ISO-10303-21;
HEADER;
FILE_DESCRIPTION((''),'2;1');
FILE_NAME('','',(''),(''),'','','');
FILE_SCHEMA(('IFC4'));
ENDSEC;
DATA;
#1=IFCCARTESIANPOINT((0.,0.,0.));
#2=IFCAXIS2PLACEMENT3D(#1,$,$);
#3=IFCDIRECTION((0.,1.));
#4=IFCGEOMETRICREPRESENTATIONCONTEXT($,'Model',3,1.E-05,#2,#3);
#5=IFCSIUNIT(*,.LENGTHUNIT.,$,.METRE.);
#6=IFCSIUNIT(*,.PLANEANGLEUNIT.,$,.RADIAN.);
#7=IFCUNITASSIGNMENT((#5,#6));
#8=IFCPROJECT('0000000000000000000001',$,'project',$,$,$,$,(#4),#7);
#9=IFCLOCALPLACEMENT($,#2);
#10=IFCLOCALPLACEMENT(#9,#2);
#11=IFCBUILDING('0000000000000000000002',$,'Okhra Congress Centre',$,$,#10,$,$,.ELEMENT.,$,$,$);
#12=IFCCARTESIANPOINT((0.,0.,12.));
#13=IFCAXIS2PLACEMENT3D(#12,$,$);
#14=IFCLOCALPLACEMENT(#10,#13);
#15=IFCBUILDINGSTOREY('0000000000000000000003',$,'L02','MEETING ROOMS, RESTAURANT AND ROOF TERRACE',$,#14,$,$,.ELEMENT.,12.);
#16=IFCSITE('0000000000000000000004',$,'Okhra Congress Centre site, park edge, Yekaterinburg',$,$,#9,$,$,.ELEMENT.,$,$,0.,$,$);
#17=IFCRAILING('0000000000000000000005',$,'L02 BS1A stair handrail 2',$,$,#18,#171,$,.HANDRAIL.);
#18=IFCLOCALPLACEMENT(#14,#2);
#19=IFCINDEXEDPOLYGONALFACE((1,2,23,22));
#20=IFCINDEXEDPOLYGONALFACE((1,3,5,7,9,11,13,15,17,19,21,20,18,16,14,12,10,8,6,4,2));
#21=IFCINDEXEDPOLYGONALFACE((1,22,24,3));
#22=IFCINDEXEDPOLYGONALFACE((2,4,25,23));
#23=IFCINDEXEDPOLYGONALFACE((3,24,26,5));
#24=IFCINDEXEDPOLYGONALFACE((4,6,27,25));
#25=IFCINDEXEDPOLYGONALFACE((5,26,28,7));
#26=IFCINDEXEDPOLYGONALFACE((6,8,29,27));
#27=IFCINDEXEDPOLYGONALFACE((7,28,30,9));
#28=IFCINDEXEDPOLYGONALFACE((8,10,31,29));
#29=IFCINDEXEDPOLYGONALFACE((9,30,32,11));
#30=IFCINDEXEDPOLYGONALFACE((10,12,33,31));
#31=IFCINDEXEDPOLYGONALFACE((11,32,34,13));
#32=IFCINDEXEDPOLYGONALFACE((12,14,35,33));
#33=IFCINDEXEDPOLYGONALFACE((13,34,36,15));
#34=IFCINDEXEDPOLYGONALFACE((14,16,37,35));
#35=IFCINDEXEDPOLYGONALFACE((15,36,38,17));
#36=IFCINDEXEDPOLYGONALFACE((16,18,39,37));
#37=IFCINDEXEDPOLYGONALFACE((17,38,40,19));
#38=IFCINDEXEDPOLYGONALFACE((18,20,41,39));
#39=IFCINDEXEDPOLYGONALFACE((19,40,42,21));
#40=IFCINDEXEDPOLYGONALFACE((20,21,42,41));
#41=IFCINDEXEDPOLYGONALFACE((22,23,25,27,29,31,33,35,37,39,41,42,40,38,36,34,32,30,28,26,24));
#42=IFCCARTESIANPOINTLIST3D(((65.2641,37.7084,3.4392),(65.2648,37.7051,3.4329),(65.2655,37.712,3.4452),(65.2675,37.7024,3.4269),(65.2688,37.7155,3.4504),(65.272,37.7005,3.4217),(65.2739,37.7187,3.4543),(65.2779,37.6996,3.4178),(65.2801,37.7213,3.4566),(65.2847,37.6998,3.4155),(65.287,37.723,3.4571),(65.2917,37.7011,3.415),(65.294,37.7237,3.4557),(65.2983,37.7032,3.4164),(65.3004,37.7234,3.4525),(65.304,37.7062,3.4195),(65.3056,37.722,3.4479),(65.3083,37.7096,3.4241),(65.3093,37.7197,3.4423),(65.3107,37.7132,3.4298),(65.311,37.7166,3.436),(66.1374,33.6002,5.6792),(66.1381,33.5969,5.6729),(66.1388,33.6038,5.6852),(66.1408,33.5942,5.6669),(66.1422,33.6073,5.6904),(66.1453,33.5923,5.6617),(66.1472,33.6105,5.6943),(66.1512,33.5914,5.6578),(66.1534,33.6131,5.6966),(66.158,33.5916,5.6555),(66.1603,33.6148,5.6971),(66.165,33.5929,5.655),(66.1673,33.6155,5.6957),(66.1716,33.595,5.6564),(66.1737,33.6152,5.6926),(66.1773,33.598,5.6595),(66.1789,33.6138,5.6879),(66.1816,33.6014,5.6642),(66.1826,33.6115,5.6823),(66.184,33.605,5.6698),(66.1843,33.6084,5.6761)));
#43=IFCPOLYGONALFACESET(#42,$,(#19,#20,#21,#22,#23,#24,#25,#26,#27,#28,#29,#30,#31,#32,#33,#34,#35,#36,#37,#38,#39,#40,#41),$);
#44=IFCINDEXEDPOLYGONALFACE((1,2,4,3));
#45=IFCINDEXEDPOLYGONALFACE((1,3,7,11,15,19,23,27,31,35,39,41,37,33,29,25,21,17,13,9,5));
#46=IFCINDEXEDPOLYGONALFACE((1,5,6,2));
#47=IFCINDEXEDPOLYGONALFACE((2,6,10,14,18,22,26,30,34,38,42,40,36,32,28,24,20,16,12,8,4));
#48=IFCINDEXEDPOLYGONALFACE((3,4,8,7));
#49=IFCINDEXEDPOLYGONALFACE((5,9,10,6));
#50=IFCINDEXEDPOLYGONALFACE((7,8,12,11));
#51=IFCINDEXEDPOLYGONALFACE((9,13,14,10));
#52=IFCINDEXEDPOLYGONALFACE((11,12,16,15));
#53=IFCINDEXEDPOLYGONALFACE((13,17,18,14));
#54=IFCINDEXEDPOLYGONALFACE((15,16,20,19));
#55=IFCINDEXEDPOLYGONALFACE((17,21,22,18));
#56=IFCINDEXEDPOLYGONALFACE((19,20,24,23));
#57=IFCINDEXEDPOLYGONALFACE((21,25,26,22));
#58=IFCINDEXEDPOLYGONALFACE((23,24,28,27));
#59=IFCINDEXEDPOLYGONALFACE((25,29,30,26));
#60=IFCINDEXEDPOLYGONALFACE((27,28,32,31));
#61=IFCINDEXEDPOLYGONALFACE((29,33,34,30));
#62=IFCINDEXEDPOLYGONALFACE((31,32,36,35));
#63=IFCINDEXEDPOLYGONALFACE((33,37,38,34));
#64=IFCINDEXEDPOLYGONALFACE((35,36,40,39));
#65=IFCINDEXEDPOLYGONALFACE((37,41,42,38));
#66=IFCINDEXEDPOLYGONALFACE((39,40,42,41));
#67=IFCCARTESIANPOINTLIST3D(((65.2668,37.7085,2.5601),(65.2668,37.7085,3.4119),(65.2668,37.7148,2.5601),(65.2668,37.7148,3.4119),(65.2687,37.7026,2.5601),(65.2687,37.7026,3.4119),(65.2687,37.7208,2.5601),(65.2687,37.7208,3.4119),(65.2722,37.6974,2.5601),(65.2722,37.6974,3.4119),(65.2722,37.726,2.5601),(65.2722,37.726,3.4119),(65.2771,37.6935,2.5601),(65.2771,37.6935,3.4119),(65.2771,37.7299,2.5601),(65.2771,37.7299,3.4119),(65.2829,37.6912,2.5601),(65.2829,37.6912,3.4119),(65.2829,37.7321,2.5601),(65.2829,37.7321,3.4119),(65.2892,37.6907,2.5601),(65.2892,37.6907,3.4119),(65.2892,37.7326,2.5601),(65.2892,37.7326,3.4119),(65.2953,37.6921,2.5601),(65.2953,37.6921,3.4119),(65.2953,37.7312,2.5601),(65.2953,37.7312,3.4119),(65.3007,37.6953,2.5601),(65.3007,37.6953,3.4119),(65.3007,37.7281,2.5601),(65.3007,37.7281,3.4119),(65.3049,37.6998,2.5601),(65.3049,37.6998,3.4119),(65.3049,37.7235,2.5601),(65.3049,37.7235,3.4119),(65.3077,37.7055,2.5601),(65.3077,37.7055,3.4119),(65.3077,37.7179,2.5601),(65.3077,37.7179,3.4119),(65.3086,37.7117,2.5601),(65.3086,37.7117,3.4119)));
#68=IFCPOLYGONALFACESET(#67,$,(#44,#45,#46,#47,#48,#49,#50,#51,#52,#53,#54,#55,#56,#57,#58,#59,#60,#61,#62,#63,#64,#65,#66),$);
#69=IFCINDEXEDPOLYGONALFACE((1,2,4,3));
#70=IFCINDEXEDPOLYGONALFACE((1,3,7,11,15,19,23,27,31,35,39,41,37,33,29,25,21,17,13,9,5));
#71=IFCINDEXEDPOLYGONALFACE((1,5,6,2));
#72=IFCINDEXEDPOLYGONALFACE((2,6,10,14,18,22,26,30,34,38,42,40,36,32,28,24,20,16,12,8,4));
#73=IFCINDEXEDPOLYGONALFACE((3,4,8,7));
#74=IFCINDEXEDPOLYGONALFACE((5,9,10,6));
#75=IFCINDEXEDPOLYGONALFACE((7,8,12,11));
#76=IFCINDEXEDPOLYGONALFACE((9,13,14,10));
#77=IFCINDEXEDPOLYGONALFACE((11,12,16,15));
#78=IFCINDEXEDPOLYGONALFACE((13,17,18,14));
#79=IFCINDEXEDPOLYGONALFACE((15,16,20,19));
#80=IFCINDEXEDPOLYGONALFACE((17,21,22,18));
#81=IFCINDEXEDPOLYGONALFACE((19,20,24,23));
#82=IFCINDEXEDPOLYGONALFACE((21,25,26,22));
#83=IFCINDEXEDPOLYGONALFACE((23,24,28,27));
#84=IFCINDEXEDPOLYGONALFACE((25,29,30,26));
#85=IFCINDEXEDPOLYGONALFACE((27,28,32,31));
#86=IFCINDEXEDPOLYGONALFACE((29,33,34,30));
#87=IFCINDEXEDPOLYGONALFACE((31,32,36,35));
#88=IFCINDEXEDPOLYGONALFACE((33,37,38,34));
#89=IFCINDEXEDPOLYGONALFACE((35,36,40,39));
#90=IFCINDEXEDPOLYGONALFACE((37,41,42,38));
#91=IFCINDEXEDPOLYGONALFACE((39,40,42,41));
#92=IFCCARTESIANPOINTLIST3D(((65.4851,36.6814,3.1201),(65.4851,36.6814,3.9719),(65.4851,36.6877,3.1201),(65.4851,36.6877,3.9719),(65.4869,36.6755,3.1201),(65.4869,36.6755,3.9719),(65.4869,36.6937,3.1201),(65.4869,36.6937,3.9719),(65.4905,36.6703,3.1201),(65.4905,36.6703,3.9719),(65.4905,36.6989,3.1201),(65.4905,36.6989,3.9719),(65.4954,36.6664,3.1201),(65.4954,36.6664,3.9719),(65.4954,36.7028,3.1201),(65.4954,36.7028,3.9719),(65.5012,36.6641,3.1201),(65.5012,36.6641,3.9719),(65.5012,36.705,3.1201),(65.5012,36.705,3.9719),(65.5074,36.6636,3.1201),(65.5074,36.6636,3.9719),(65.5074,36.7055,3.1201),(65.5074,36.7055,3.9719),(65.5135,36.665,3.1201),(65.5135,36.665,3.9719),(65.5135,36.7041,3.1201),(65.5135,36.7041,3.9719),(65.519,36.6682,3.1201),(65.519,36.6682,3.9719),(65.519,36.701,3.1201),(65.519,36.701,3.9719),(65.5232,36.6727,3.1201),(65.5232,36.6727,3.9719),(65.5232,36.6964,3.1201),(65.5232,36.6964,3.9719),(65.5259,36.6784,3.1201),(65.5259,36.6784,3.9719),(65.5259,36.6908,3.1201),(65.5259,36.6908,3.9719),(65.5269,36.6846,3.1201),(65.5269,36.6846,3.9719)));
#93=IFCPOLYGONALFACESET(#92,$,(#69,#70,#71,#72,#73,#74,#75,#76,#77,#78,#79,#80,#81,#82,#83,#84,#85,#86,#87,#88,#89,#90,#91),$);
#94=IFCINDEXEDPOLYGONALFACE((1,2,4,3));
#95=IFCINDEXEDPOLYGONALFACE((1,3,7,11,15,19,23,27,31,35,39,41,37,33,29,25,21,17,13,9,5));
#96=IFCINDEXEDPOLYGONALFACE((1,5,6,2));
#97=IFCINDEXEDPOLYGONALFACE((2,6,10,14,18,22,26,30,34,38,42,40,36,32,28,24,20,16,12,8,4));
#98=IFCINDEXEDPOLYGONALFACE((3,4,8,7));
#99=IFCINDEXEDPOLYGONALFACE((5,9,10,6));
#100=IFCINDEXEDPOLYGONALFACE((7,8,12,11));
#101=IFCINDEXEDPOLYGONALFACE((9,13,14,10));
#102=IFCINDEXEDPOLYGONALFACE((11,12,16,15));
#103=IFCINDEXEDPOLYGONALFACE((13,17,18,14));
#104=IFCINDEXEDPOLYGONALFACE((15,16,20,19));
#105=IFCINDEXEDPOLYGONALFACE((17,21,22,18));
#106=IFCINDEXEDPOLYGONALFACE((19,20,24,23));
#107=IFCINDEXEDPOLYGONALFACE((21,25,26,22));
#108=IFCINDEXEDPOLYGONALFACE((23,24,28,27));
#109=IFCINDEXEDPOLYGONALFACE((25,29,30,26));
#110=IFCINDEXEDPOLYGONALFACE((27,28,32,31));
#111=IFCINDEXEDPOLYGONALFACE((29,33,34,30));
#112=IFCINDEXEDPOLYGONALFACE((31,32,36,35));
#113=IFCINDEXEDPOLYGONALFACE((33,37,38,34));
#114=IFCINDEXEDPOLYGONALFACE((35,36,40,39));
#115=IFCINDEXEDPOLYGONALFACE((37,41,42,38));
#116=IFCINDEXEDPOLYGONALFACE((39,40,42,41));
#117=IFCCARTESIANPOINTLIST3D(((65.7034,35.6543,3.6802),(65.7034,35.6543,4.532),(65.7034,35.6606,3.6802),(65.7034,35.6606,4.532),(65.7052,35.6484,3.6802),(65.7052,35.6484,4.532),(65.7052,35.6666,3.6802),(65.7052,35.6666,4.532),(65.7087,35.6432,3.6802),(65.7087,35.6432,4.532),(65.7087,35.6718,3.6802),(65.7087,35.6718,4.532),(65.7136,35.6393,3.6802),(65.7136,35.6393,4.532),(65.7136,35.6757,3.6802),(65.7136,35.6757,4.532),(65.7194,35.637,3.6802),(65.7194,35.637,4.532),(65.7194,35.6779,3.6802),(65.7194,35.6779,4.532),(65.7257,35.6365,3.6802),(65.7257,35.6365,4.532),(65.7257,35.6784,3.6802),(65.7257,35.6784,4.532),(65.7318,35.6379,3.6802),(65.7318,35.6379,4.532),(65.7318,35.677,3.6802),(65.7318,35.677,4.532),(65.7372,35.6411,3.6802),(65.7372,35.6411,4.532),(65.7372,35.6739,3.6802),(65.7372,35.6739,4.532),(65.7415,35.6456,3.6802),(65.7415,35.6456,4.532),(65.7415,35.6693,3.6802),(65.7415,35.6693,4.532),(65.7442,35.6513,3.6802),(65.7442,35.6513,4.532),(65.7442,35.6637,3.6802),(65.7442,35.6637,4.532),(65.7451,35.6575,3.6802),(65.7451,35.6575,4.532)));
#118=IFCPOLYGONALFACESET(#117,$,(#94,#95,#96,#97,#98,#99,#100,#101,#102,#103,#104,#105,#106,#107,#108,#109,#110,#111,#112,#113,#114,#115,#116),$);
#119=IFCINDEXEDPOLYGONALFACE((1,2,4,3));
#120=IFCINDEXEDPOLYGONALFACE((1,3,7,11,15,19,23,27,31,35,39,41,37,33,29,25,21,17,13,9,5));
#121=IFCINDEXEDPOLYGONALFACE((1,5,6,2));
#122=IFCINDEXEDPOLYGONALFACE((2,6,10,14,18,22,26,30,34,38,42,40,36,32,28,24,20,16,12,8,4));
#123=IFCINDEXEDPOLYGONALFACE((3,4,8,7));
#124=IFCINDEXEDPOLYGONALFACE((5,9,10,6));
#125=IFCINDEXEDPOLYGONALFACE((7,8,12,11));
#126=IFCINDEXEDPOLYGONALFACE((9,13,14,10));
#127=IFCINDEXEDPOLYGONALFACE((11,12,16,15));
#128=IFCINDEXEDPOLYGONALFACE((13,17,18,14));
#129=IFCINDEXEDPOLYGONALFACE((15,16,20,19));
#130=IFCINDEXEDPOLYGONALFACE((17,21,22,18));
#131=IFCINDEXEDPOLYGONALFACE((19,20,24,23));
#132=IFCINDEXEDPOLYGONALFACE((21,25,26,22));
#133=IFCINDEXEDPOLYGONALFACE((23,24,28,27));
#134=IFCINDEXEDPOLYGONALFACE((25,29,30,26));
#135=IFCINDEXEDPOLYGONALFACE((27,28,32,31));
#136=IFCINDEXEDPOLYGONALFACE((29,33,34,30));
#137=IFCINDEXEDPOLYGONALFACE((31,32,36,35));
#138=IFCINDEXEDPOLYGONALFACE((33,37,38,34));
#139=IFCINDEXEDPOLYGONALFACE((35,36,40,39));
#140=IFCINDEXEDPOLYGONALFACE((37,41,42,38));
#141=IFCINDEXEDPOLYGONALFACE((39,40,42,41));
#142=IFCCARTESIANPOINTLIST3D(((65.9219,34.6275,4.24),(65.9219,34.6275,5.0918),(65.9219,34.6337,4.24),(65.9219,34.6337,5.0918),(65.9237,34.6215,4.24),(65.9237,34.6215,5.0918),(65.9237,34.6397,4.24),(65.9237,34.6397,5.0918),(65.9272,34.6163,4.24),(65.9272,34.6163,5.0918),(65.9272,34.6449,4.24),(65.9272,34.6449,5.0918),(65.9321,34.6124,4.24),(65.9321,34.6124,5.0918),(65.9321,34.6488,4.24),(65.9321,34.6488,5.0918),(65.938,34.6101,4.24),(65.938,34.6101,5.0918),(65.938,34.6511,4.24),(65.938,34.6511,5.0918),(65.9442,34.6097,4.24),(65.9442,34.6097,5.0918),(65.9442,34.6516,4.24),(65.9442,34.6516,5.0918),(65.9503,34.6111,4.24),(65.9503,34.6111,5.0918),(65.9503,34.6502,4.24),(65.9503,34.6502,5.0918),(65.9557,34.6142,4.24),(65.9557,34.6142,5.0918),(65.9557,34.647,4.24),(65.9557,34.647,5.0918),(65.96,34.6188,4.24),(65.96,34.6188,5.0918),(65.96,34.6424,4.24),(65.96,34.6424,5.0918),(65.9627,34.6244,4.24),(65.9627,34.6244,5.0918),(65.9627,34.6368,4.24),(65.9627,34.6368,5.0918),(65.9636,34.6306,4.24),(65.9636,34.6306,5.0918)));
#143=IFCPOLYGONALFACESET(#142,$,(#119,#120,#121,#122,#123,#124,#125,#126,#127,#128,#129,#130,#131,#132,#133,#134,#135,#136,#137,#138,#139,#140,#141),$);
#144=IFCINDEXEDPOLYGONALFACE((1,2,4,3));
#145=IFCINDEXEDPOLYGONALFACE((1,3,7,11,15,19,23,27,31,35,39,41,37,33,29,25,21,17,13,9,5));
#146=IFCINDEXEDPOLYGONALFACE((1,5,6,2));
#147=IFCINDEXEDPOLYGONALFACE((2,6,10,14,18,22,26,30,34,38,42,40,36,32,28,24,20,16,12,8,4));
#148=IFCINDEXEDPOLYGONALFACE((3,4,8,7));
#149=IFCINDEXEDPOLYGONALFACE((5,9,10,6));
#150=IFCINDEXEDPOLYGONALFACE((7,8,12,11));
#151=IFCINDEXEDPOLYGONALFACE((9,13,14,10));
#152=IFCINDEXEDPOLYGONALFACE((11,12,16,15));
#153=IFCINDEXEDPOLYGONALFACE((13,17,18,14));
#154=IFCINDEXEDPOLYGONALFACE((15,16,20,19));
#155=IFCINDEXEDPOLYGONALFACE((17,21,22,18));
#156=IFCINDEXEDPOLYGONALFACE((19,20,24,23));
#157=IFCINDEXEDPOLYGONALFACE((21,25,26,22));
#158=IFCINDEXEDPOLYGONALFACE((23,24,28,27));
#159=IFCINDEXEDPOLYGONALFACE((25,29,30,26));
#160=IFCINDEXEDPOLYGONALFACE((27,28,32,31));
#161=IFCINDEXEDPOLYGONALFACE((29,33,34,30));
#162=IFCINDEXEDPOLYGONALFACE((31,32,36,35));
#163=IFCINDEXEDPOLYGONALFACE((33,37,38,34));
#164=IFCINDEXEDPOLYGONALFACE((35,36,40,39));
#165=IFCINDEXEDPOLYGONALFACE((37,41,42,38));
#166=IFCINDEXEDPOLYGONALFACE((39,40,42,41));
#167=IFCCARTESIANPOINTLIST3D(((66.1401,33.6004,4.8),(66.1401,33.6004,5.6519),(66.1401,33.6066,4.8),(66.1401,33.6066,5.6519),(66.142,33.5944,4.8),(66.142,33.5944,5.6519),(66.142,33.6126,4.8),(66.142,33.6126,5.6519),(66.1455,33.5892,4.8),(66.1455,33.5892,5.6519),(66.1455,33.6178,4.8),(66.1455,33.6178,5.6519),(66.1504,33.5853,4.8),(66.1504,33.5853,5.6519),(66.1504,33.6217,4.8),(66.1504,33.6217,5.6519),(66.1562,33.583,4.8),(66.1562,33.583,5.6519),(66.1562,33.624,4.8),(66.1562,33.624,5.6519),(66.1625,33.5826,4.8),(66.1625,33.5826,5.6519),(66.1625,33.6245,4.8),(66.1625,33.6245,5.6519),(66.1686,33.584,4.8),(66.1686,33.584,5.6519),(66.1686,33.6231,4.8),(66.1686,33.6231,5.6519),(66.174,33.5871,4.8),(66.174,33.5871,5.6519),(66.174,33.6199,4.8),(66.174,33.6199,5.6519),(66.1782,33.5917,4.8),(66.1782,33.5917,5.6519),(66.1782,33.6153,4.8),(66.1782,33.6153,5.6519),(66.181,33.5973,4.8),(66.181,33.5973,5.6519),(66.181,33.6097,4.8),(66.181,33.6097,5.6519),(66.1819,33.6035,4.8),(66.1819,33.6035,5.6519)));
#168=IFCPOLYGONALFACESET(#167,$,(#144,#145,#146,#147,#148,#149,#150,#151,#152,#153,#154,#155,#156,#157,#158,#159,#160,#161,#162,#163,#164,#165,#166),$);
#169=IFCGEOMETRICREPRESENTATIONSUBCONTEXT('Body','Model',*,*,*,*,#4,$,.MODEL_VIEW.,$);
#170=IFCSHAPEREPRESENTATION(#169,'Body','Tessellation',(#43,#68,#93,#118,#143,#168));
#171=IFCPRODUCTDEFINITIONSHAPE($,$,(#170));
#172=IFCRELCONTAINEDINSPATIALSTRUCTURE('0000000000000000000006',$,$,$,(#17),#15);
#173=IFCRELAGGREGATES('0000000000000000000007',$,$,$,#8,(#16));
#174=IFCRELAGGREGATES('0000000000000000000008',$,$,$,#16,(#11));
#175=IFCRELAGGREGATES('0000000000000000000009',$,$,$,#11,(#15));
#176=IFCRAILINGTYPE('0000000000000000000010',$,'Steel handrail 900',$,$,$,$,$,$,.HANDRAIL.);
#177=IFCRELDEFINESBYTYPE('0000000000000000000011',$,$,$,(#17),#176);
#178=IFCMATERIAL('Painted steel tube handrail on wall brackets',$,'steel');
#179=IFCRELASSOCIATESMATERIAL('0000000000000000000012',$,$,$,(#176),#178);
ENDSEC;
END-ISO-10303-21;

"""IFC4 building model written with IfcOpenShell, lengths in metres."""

from ifc_helpers import new_model, si_unit, direction, frame, origin, origin_2d, place, context, subcontext, project, spatial, circle, extrude, material, type_object, element, save


model = new_model("IFC4")

# Units and contexts
model_context = context("Model", 3, precision=1e-05, world=origin(), true_north=direction((0.0, 1.0)))
body_context = subcontext(model_context, "Body", "Model", "MODEL_VIEW")
ifc_project = project(units=[si_unit("LENGTHUNIT", "METRE"), si_unit("PLANEANGLEUNIT", "RADIAN")], contexts=[model_context])

# Site, building, storey
site_placement = place(None, origin())
site = spatial("IfcSite", under=ifc_project, at=site_placement, Name="Okhra Congress Centre site, park edge, Yekaterinburg", CompositionType="ELEMENT", RefElevation=0.0)
building_placement = place(site_placement, origin())
building = spatial("IfcBuilding", under=site, at=building_placement, Name="Okhra Congress Centre", CompositionType="ELEMENT")
storey_placement = place(building_placement, frame((0.0, 0.0, 12.0)))
storey = spatial("IfcBuildingStorey", under=building, at=storey_placement, Name="L02", Description="MEETING ROOMS, RESTAURANT AND ROOF TERRACE", CompositionType="ELEMENT", Elevation=12.0)

# Railing
ifc_material_1 = material(Name="Painted steel tube handrail on wall brackets", Category="steel")
railing_type_1 = type_object("IfcRailingType", Name="Steel handrail 900", PredefinedType="HANDRAIL", material=ifc_material_1)
railing_1_placement = place(storey_placement, frame((65.2876, 37.7117, 2.5601)))
element("IfcRailing", 1, at=railing_1_placement, inside=storey, type_object=railing_type_1, Name="L02 BS1A stair handrail 2", PredefinedType="HANDRAIL", context=body_context, shape_type="SweptSolid", body=[
    extrude(circle(Radius=0.0239, at=origin_2d()), frame((0.0, 0.0, 0.876), z_axis=(0.183466, -0.863067, 0.470591), x_axis=(0.978144, 0.207929, 0.0)), (0.0, 0.0, 1.0), 4.76),
    extrude(circle(Radius=0.021, at=origin_2d()), origin(), (0.0, 0.0, 1.0), 0.8518),
    extrude(circle(Radius=0.021, at=origin_2d()), frame((0.2183, -1.0271, 0.5601)), (0.0, 0.0, 1.0), 0.8518),
    extrude(circle(Radius=0.021, at=origin_2d()), frame((0.4365, -2.0542, 1.1201)), (0.0, 0.0, 1.0), 0.8518),
    extrude(circle(Radius=0.021, at=origin_2d()), frame((0.655, -3.0811, 1.6799)), (0.0, 0.0, 1.0), 0.8518),
    extrude(circle(Radius=0.021, at=origin_2d()), frame((0.8733, -4.1082, 2.24)), (0.0, 0.0, 1.0), 0.8518),
])

save(model, "model.ifc")
